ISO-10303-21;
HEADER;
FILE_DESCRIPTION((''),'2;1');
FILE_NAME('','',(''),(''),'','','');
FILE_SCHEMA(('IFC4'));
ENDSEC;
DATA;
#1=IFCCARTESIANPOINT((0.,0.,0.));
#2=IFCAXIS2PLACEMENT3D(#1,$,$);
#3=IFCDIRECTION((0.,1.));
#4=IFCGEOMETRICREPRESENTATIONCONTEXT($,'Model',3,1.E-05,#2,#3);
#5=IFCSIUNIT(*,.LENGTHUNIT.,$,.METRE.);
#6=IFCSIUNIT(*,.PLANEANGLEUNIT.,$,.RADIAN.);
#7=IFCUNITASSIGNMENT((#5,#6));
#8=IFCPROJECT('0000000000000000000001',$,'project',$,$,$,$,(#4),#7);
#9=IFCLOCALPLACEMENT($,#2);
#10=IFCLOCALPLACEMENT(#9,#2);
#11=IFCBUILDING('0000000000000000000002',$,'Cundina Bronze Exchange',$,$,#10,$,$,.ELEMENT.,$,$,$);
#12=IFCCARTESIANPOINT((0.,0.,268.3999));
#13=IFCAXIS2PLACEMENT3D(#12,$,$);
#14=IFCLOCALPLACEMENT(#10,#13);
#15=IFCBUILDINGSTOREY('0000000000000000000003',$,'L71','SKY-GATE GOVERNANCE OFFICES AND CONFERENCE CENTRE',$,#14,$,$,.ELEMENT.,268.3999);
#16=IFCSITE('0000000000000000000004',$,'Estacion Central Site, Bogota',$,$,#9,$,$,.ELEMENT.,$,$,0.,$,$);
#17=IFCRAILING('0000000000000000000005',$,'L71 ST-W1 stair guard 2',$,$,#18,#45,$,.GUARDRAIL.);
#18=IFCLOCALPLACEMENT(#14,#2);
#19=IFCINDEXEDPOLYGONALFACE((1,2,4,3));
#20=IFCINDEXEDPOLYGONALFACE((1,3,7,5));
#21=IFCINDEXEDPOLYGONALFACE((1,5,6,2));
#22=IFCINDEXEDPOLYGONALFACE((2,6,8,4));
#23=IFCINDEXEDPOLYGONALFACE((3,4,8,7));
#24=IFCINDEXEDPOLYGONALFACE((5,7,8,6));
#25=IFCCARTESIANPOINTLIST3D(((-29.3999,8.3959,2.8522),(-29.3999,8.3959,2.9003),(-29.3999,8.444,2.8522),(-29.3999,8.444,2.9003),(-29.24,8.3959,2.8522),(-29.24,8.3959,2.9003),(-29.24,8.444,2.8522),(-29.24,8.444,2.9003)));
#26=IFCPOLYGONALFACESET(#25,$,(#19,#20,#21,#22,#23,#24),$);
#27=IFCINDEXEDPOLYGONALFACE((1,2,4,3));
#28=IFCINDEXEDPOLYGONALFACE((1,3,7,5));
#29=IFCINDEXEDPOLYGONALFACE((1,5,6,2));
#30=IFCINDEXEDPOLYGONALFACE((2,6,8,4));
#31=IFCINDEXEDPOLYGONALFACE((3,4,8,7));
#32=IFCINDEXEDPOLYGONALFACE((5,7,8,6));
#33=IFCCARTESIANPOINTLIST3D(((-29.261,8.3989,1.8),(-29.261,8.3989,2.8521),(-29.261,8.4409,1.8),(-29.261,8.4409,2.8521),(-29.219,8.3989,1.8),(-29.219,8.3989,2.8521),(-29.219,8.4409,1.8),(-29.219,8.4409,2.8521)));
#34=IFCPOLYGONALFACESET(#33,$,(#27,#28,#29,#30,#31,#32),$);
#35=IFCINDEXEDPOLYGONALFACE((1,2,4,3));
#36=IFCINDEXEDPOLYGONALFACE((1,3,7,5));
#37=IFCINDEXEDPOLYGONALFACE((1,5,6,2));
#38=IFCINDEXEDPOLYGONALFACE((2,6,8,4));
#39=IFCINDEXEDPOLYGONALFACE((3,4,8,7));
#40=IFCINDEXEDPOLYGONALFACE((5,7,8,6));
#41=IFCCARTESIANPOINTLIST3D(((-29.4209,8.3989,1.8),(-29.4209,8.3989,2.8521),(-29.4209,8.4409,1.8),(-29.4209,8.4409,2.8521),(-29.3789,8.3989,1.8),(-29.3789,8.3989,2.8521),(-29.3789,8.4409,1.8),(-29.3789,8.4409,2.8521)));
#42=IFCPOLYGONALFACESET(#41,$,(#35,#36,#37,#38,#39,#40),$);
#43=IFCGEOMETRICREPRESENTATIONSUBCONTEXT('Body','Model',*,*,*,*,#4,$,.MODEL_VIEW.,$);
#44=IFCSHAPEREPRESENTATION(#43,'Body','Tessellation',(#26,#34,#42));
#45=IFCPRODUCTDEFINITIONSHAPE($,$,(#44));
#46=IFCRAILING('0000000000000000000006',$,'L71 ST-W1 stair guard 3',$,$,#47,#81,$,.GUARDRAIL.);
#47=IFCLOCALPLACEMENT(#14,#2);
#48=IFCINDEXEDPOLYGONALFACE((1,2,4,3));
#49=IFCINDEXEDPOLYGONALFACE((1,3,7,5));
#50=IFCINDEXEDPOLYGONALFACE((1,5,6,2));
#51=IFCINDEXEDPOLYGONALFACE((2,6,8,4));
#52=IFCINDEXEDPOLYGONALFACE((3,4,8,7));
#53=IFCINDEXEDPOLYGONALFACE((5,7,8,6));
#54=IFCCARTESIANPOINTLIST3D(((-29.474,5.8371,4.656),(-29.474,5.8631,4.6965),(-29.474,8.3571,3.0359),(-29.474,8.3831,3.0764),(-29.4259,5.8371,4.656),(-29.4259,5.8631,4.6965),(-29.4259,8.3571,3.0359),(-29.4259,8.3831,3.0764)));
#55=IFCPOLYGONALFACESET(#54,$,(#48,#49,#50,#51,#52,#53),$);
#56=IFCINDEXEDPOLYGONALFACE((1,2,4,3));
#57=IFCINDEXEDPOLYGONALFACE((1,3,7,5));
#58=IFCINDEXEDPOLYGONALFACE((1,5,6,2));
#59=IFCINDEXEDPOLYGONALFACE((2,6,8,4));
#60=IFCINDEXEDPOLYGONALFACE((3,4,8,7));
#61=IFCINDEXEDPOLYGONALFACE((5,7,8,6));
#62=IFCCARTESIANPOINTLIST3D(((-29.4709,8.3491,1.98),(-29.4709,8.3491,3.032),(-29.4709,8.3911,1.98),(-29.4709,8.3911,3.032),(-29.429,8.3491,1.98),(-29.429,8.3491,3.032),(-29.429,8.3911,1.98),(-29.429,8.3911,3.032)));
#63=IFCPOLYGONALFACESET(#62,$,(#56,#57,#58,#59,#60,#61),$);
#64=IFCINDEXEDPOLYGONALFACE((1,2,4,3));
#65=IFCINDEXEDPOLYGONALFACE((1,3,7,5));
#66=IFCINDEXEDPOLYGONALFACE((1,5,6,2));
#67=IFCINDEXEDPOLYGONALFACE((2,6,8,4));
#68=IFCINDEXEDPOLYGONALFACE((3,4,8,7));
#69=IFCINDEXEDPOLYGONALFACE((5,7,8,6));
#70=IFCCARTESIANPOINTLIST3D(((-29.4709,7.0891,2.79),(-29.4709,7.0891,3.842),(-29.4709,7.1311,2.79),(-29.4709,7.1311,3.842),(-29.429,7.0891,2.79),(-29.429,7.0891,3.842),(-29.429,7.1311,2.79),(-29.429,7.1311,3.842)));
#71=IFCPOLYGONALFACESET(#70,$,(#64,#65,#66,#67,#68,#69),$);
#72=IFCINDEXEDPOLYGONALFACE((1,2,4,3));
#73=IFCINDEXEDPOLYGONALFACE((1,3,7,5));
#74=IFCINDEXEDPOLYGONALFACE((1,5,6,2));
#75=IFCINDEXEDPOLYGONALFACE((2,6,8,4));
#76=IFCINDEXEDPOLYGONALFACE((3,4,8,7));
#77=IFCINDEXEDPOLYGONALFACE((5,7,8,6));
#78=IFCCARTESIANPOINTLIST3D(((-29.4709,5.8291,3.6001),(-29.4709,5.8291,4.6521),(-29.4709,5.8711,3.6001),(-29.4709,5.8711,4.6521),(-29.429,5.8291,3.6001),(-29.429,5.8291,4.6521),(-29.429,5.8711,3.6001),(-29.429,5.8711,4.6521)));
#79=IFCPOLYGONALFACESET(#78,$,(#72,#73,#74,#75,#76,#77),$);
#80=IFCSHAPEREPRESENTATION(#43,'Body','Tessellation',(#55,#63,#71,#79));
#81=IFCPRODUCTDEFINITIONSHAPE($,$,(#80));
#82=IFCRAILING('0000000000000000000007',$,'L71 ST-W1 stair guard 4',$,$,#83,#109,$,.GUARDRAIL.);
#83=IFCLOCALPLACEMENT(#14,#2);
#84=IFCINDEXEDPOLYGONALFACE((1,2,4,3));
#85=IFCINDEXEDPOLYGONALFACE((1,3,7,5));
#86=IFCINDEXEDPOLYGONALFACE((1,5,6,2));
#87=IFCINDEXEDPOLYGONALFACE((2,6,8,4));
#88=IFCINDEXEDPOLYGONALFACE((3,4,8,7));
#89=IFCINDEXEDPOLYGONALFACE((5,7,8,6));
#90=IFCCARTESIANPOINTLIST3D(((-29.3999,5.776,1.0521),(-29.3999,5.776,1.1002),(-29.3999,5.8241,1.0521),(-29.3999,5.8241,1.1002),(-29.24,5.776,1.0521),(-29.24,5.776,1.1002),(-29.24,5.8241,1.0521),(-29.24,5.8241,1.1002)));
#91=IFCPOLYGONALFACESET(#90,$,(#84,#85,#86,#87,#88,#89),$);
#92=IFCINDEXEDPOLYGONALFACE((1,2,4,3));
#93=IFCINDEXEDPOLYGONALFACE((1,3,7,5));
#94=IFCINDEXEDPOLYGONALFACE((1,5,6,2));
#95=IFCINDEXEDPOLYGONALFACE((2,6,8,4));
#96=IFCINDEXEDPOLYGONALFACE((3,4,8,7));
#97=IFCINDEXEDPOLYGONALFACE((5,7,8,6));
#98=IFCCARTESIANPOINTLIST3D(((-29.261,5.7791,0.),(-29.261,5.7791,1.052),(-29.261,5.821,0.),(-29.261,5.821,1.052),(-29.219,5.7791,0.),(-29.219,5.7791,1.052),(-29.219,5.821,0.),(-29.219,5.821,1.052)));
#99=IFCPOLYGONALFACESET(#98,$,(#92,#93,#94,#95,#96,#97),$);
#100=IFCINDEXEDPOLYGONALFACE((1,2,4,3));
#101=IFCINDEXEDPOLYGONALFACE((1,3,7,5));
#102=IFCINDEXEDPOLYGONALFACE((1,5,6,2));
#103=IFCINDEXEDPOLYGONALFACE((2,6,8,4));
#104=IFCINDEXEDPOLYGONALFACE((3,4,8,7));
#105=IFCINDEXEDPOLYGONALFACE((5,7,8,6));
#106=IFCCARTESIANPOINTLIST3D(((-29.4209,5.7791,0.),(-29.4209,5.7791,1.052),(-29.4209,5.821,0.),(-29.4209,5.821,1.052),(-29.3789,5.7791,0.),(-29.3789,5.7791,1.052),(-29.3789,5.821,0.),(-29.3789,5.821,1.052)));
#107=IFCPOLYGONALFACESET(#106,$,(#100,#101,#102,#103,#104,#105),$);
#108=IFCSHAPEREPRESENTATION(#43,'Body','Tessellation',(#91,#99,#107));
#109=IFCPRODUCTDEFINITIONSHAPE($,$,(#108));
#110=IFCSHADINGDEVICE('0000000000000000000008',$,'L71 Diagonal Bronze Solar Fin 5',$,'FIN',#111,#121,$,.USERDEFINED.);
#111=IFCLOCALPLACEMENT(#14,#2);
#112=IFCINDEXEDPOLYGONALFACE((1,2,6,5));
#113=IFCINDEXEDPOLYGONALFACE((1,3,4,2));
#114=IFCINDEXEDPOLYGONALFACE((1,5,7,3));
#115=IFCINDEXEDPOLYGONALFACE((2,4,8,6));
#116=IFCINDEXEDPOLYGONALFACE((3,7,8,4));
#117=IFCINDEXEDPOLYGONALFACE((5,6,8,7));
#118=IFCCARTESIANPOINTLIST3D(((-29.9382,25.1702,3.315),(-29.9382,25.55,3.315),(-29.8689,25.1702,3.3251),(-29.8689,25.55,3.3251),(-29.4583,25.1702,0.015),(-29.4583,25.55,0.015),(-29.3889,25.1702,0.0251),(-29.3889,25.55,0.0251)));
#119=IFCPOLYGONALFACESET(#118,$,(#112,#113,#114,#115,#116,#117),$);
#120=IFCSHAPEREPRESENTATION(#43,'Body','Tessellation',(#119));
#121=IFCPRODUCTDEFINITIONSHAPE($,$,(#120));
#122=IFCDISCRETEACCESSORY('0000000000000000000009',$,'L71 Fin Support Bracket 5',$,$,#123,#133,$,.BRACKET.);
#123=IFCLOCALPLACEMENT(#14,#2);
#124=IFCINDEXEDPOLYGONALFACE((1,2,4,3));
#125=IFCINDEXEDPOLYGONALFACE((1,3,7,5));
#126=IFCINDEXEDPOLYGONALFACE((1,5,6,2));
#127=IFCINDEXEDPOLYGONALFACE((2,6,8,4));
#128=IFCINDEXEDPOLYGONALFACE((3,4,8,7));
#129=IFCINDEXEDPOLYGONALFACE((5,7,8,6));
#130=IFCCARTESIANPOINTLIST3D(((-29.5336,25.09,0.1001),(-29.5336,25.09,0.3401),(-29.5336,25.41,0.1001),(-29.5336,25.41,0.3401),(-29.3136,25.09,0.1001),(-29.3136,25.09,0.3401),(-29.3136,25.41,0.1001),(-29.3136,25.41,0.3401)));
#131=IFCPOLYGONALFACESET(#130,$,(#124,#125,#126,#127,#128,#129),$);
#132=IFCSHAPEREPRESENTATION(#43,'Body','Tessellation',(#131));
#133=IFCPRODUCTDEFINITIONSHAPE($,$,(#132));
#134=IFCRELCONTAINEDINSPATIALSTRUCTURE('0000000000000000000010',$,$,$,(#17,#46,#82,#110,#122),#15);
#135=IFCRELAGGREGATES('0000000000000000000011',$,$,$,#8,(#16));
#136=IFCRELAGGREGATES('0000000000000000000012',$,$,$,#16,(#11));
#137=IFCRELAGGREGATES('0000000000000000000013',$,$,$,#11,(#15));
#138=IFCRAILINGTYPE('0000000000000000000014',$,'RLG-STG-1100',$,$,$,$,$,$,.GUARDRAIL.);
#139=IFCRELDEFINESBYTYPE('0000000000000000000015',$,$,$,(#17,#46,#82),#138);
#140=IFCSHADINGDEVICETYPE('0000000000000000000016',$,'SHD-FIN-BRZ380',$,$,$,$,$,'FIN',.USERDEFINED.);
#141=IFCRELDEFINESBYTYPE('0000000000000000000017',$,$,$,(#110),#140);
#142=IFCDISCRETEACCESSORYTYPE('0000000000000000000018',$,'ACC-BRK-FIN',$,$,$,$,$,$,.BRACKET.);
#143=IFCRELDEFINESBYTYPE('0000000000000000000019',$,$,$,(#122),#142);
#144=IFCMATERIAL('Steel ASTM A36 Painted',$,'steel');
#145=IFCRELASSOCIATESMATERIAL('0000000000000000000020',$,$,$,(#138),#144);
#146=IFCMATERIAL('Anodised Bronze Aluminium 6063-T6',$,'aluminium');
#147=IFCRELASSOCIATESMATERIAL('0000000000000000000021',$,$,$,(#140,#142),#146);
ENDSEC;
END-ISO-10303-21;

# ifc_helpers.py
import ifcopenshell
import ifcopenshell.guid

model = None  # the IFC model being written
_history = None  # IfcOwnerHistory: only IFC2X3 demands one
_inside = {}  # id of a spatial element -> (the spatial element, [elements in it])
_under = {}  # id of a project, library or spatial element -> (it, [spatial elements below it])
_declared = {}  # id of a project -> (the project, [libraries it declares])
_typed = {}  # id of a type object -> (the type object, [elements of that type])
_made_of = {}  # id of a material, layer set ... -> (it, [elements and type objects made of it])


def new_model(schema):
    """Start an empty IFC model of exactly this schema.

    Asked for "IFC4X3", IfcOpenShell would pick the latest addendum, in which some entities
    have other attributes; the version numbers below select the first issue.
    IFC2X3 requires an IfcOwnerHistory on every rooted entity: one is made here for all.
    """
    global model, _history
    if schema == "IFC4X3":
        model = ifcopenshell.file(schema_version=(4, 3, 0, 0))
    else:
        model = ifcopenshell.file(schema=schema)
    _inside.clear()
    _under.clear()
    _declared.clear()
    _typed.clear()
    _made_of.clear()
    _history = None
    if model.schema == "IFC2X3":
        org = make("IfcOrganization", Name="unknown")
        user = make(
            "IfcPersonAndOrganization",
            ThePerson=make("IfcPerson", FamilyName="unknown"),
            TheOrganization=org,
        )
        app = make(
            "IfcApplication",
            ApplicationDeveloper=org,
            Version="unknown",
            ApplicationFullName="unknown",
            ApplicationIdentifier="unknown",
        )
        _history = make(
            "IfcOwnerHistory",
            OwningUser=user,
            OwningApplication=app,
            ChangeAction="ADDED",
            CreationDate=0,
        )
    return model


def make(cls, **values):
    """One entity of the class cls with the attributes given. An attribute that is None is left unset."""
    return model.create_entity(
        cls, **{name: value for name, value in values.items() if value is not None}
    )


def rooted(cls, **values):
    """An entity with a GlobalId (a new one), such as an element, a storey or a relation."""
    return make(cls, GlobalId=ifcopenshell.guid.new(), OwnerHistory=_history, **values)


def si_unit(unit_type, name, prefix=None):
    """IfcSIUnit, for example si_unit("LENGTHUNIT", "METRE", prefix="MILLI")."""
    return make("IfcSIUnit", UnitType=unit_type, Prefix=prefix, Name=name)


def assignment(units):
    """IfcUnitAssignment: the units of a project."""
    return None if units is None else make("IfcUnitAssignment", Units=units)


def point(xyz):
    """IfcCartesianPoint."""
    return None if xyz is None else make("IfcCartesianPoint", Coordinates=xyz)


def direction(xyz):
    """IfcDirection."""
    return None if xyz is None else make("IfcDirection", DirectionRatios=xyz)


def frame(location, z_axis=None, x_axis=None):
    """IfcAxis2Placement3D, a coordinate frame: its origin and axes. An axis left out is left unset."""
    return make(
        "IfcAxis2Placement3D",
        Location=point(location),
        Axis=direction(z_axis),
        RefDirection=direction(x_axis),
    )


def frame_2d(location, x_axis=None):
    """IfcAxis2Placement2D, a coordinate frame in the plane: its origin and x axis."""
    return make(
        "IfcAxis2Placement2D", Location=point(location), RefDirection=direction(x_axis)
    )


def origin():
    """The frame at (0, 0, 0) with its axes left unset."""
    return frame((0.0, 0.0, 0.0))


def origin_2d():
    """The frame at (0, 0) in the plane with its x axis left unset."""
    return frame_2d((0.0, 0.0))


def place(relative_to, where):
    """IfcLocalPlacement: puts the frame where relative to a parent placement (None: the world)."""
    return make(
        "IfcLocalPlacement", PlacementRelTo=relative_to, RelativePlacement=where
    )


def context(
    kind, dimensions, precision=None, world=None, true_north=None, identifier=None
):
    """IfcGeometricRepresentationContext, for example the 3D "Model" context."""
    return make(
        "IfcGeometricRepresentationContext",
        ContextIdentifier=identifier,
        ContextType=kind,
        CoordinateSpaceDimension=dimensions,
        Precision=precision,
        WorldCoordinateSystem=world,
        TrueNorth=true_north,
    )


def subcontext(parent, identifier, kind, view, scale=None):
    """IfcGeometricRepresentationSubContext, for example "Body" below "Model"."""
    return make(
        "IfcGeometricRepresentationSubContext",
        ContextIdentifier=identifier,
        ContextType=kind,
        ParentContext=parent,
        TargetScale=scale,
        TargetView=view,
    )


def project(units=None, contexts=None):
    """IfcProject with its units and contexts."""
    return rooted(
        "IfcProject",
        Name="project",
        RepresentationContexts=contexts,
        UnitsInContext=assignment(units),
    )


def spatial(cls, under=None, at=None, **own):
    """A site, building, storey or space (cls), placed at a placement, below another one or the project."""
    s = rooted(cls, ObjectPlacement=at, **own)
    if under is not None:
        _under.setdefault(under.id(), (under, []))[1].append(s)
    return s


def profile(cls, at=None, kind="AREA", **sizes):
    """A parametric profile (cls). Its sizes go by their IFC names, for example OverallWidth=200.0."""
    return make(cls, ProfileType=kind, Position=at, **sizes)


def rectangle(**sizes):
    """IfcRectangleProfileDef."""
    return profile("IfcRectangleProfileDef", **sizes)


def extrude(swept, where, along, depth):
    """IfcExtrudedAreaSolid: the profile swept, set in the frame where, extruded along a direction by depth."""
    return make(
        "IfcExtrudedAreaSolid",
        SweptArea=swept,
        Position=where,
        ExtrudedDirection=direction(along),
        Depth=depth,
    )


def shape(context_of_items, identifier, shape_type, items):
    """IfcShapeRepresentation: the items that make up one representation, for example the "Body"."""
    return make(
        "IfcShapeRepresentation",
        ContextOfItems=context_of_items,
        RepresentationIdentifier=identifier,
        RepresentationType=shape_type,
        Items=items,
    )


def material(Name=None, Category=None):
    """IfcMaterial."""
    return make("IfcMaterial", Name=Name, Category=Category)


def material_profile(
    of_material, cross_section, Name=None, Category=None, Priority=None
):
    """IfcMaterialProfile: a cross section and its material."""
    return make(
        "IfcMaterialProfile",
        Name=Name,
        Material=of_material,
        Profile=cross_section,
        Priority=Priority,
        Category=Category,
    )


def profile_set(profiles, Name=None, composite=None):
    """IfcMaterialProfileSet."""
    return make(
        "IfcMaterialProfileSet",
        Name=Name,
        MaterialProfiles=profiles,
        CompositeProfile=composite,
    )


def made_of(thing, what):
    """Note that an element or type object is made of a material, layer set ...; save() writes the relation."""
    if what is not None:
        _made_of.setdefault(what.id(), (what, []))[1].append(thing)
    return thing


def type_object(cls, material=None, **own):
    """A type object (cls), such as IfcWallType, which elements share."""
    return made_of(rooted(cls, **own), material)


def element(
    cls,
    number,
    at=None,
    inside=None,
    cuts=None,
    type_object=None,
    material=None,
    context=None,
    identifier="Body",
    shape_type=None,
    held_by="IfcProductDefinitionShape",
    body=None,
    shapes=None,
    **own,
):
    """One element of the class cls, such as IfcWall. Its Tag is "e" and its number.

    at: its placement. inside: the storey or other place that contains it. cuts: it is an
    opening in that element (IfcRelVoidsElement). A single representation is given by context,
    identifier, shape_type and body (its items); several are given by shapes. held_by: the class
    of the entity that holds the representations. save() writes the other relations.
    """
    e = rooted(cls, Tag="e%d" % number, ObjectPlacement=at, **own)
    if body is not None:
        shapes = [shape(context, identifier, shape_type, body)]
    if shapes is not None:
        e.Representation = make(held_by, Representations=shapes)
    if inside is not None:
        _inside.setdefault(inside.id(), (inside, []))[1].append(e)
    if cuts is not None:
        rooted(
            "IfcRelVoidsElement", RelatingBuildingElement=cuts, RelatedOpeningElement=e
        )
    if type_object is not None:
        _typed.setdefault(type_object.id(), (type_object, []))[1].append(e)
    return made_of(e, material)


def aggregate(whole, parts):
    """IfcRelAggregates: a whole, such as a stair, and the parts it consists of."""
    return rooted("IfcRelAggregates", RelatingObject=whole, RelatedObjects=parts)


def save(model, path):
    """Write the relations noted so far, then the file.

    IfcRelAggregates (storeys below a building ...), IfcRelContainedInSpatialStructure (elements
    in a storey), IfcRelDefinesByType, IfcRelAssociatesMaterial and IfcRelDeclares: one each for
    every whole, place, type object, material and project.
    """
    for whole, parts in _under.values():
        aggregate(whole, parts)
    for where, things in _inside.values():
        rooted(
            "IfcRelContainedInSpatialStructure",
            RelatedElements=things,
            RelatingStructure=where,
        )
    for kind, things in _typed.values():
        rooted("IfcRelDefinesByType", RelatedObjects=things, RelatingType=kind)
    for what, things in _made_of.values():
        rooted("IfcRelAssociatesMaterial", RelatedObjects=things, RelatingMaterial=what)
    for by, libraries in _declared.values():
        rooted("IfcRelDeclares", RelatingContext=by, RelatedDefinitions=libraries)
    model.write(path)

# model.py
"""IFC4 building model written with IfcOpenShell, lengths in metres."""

from ifc_helpers import new_model, si_unit, direction, frame, origin, origin_2d, place, context, subcontext, project, spatial, rectangle, extrude, material, material_profile, profile_set, type_object, element, save


model = new_model("IFC4")

# Units and contexts
model_context = context("Model", 3, precision=1e-05, world=origin(), true_north=direction((0.0, 1.0)))
body_context = subcontext(model_context, "Body", "Model", "MODEL_VIEW")
ifc_project = project(units=[si_unit("LENGTHUNIT", "METRE"), si_unit("PLANEANGLEUNIT", "RADIAN")], contexts=[model_context])

# Site, building, storey
site_placement = place(None, origin())
site = spatial("IfcSite", under=ifc_project, at=site_placement, Name="Estacion Central Site, Bogota", CompositionType="ELEMENT", RefElevation=0.0)
building_placement = place(site_placement, origin())
building = spatial("IfcBuilding", under=site, at=building_placement, Name="Cundina Bronze Exchange", CompositionType="ELEMENT")
storey_placement = place(building_placement, frame((0.0, 0.0, 268.3999)))
storey = spatial("IfcBuildingStorey", under=building, at=storey_placement, Name="L71", Description="SKY-GATE GOVERNANCE OFFICES AND CONFERENCE CENTRE", CompositionType="ELEMENT", Elevation=268.3999)

# Shared definitions
ifc_material_1 = material(Name="Anodised Bronze Aluminium 6063-T6", Category="aluminium")

# Shared definitions
ifc_material_2 = material(Name="Steel ASTM A36 Painted", Category="steel")

# Railings
railing_type_1 = type_object("IfcRailingType", Name="RLG-STG-1100", PredefinedType="GUARDRAIL", material=ifc_material_2)
railing_1_placement = place(storey_placement, frame((-29.24, 8.4199, 1.8)))
element("IfcRailing", 1, at=railing_1_placement, inside=storey, type_object=railing_type_1, Name="L71 ST-W1 stair guard 2", PredefinedType="GUARDRAIL", context=body_context, shape_type="SweptSolid", body=[
    extrude(rectangle(XDim=0.0481, YDim=0.0481, at=origin_2d()), frame((0.0, 0.0, 1.0762), z_axis=(-1.0, 0.0, 0.0), x_axis=(0.0, -1.0, 0.0)), (0.0, 0.0, 1.0), 0.1599),
    extrude(rectangle(XDim=0.042, YDim=0.042, at=origin_2d()), origin(), (0.0, 0.0, 1.0), 1.052),
    extrude(rectangle(XDim=0.042, YDim=0.042, at=origin_2d()), frame((-0.1599, 0.0, 0.0)), (0.0, 0.0, 1.0), 1.052),
])
railing_2_placement = place(storey_placement, frame((-29.45, 8.3701, 1.98)))
element("IfcRailing", 2, at=railing_2_placement, inside=storey, type_object=railing_type_1, Name="L71 ST-W1 stair guard 3", PredefinedType="GUARDRAIL", context=body_context, shape_type="SweptSolid", body=[
    extrude(rectangle(XDim=0.0481, YDim=0.0481, at=origin_2d()), frame((0.0, 0.0, 1.0762), z_axis=(0.0, -0.841163, 0.540782), x_axis=(1.0, 0.0, 0.0)), (0.0, 0.0, 1.0), 2.9958),
    extrude(rectangle(XDim=0.042, YDim=0.042, at=origin_2d()), origin(), (0.0, 0.0, 1.0), 1.052),
    extrude(rectangle(XDim=0.042, YDim=0.042, at=origin_2d()), frame((0.0, -1.26, 0.8101)), (0.0, 0.0, 1.0), 1.052),
    extrude(rectangle(XDim=0.042, YDim=0.042, at=origin_2d()), frame((0.0, -2.52, 1.6201)), (0.0, 0.0, 1.0), 1.052),
])
railing_3_placement = place(storey_placement, frame((-29.24, 5.8, 0.0)))
element("IfcRailing", 3, at=railing_3_placement, inside=storey, type_object=railing_type_1, Name="L71 ST-W1 stair guard 4", PredefinedType="GUARDRAIL", context=body_context, shape_type="SweptSolid", body=[
    extrude(rectangle(XDim=0.0481, YDim=0.0481, at=origin_2d()), frame((0.0, 0.0, 1.0762), z_axis=(-1.0, 0.0, 0.0), x_axis=(0.0, -1.0, 0.0)), (0.0, 0.0, 1.0), 0.1599),
    extrude(rectangle(XDim=0.042, YDim=0.042, at=origin_2d()), origin(), (0.0, 0.0, 1.0), 1.052),
    extrude(rectangle(XDim=0.042, YDim=0.042, at=origin_2d()), frame((-0.1599, 0.0, 0.0)), (0.0, 0.0, 1.0), 1.052),
])

# Shading device
ifc_material_profile_1 = material_profile(ifc_material_1, rectangle(XDim=0.0701, YDim=0.3799, at=origin_2d()), Name="FIN70X380", Category="aluminium")
ifc_profile_set_1 = profile_set([ifc_material_profile_1], Name="Anodised Bronze Aluminium 6063-T6")
shading_device_type = type_object("IfcShadingDeviceType", Name="SHD-FIN-BRZ380", ElementType="FIN", PredefinedType="USERDEFINED", material=ifc_profile_set_1)
shading_device_placement = place(storey_placement, frame((-29.4236, 25.3601, 0.02), z_axis=(-0.143932, 0.0, 0.989588), x_axis=(0.989588, 0.0, 0.143932)))
element("IfcShadingDevice", 4, at=shading_device_placement, inside=storey, type_object=shading_device_type, Name="L71 Diagonal Bronze Solar Fin 5", ObjectType="FIN", PredefinedType="USERDEFINED", context=body_context, shape_type="SweptSolid", body=[
    extrude(rectangle(XDim=0.0701, YDim=0.3799, at=origin_2d()), origin(), (0.0, 0.0, 1.0), 3.3347),
])

# Discrete accessory
discrete_accessory_type = type_object("IfcDiscreteAccessoryType", Name="ACC-BRK-FIN", PredefinedType="BRACKET", material=ifc_material_1)
discrete_accessory_placement = place(storey_placement, frame((-29.4236, 25.25, 0.1001), z_axis=(0.0, 0.0, 1.0), x_axis=(-1.0, 0.0, 0.0)))
element("IfcDiscreteAccessory", 5, at=discrete_accessory_placement, inside=storey, type_object=discrete_accessory_type, Name="L71 Fin Support Bracket 5", PredefinedType="BRACKET", context=body_context, shape_type="SweptSolid", body=[
    extrude(rectangle(XDim=0.22, YDim=0.3201, at=origin_2d()), origin(), (0.0, 0.0, 1.0), 0.24),
])

save(model, "model.ifc")
